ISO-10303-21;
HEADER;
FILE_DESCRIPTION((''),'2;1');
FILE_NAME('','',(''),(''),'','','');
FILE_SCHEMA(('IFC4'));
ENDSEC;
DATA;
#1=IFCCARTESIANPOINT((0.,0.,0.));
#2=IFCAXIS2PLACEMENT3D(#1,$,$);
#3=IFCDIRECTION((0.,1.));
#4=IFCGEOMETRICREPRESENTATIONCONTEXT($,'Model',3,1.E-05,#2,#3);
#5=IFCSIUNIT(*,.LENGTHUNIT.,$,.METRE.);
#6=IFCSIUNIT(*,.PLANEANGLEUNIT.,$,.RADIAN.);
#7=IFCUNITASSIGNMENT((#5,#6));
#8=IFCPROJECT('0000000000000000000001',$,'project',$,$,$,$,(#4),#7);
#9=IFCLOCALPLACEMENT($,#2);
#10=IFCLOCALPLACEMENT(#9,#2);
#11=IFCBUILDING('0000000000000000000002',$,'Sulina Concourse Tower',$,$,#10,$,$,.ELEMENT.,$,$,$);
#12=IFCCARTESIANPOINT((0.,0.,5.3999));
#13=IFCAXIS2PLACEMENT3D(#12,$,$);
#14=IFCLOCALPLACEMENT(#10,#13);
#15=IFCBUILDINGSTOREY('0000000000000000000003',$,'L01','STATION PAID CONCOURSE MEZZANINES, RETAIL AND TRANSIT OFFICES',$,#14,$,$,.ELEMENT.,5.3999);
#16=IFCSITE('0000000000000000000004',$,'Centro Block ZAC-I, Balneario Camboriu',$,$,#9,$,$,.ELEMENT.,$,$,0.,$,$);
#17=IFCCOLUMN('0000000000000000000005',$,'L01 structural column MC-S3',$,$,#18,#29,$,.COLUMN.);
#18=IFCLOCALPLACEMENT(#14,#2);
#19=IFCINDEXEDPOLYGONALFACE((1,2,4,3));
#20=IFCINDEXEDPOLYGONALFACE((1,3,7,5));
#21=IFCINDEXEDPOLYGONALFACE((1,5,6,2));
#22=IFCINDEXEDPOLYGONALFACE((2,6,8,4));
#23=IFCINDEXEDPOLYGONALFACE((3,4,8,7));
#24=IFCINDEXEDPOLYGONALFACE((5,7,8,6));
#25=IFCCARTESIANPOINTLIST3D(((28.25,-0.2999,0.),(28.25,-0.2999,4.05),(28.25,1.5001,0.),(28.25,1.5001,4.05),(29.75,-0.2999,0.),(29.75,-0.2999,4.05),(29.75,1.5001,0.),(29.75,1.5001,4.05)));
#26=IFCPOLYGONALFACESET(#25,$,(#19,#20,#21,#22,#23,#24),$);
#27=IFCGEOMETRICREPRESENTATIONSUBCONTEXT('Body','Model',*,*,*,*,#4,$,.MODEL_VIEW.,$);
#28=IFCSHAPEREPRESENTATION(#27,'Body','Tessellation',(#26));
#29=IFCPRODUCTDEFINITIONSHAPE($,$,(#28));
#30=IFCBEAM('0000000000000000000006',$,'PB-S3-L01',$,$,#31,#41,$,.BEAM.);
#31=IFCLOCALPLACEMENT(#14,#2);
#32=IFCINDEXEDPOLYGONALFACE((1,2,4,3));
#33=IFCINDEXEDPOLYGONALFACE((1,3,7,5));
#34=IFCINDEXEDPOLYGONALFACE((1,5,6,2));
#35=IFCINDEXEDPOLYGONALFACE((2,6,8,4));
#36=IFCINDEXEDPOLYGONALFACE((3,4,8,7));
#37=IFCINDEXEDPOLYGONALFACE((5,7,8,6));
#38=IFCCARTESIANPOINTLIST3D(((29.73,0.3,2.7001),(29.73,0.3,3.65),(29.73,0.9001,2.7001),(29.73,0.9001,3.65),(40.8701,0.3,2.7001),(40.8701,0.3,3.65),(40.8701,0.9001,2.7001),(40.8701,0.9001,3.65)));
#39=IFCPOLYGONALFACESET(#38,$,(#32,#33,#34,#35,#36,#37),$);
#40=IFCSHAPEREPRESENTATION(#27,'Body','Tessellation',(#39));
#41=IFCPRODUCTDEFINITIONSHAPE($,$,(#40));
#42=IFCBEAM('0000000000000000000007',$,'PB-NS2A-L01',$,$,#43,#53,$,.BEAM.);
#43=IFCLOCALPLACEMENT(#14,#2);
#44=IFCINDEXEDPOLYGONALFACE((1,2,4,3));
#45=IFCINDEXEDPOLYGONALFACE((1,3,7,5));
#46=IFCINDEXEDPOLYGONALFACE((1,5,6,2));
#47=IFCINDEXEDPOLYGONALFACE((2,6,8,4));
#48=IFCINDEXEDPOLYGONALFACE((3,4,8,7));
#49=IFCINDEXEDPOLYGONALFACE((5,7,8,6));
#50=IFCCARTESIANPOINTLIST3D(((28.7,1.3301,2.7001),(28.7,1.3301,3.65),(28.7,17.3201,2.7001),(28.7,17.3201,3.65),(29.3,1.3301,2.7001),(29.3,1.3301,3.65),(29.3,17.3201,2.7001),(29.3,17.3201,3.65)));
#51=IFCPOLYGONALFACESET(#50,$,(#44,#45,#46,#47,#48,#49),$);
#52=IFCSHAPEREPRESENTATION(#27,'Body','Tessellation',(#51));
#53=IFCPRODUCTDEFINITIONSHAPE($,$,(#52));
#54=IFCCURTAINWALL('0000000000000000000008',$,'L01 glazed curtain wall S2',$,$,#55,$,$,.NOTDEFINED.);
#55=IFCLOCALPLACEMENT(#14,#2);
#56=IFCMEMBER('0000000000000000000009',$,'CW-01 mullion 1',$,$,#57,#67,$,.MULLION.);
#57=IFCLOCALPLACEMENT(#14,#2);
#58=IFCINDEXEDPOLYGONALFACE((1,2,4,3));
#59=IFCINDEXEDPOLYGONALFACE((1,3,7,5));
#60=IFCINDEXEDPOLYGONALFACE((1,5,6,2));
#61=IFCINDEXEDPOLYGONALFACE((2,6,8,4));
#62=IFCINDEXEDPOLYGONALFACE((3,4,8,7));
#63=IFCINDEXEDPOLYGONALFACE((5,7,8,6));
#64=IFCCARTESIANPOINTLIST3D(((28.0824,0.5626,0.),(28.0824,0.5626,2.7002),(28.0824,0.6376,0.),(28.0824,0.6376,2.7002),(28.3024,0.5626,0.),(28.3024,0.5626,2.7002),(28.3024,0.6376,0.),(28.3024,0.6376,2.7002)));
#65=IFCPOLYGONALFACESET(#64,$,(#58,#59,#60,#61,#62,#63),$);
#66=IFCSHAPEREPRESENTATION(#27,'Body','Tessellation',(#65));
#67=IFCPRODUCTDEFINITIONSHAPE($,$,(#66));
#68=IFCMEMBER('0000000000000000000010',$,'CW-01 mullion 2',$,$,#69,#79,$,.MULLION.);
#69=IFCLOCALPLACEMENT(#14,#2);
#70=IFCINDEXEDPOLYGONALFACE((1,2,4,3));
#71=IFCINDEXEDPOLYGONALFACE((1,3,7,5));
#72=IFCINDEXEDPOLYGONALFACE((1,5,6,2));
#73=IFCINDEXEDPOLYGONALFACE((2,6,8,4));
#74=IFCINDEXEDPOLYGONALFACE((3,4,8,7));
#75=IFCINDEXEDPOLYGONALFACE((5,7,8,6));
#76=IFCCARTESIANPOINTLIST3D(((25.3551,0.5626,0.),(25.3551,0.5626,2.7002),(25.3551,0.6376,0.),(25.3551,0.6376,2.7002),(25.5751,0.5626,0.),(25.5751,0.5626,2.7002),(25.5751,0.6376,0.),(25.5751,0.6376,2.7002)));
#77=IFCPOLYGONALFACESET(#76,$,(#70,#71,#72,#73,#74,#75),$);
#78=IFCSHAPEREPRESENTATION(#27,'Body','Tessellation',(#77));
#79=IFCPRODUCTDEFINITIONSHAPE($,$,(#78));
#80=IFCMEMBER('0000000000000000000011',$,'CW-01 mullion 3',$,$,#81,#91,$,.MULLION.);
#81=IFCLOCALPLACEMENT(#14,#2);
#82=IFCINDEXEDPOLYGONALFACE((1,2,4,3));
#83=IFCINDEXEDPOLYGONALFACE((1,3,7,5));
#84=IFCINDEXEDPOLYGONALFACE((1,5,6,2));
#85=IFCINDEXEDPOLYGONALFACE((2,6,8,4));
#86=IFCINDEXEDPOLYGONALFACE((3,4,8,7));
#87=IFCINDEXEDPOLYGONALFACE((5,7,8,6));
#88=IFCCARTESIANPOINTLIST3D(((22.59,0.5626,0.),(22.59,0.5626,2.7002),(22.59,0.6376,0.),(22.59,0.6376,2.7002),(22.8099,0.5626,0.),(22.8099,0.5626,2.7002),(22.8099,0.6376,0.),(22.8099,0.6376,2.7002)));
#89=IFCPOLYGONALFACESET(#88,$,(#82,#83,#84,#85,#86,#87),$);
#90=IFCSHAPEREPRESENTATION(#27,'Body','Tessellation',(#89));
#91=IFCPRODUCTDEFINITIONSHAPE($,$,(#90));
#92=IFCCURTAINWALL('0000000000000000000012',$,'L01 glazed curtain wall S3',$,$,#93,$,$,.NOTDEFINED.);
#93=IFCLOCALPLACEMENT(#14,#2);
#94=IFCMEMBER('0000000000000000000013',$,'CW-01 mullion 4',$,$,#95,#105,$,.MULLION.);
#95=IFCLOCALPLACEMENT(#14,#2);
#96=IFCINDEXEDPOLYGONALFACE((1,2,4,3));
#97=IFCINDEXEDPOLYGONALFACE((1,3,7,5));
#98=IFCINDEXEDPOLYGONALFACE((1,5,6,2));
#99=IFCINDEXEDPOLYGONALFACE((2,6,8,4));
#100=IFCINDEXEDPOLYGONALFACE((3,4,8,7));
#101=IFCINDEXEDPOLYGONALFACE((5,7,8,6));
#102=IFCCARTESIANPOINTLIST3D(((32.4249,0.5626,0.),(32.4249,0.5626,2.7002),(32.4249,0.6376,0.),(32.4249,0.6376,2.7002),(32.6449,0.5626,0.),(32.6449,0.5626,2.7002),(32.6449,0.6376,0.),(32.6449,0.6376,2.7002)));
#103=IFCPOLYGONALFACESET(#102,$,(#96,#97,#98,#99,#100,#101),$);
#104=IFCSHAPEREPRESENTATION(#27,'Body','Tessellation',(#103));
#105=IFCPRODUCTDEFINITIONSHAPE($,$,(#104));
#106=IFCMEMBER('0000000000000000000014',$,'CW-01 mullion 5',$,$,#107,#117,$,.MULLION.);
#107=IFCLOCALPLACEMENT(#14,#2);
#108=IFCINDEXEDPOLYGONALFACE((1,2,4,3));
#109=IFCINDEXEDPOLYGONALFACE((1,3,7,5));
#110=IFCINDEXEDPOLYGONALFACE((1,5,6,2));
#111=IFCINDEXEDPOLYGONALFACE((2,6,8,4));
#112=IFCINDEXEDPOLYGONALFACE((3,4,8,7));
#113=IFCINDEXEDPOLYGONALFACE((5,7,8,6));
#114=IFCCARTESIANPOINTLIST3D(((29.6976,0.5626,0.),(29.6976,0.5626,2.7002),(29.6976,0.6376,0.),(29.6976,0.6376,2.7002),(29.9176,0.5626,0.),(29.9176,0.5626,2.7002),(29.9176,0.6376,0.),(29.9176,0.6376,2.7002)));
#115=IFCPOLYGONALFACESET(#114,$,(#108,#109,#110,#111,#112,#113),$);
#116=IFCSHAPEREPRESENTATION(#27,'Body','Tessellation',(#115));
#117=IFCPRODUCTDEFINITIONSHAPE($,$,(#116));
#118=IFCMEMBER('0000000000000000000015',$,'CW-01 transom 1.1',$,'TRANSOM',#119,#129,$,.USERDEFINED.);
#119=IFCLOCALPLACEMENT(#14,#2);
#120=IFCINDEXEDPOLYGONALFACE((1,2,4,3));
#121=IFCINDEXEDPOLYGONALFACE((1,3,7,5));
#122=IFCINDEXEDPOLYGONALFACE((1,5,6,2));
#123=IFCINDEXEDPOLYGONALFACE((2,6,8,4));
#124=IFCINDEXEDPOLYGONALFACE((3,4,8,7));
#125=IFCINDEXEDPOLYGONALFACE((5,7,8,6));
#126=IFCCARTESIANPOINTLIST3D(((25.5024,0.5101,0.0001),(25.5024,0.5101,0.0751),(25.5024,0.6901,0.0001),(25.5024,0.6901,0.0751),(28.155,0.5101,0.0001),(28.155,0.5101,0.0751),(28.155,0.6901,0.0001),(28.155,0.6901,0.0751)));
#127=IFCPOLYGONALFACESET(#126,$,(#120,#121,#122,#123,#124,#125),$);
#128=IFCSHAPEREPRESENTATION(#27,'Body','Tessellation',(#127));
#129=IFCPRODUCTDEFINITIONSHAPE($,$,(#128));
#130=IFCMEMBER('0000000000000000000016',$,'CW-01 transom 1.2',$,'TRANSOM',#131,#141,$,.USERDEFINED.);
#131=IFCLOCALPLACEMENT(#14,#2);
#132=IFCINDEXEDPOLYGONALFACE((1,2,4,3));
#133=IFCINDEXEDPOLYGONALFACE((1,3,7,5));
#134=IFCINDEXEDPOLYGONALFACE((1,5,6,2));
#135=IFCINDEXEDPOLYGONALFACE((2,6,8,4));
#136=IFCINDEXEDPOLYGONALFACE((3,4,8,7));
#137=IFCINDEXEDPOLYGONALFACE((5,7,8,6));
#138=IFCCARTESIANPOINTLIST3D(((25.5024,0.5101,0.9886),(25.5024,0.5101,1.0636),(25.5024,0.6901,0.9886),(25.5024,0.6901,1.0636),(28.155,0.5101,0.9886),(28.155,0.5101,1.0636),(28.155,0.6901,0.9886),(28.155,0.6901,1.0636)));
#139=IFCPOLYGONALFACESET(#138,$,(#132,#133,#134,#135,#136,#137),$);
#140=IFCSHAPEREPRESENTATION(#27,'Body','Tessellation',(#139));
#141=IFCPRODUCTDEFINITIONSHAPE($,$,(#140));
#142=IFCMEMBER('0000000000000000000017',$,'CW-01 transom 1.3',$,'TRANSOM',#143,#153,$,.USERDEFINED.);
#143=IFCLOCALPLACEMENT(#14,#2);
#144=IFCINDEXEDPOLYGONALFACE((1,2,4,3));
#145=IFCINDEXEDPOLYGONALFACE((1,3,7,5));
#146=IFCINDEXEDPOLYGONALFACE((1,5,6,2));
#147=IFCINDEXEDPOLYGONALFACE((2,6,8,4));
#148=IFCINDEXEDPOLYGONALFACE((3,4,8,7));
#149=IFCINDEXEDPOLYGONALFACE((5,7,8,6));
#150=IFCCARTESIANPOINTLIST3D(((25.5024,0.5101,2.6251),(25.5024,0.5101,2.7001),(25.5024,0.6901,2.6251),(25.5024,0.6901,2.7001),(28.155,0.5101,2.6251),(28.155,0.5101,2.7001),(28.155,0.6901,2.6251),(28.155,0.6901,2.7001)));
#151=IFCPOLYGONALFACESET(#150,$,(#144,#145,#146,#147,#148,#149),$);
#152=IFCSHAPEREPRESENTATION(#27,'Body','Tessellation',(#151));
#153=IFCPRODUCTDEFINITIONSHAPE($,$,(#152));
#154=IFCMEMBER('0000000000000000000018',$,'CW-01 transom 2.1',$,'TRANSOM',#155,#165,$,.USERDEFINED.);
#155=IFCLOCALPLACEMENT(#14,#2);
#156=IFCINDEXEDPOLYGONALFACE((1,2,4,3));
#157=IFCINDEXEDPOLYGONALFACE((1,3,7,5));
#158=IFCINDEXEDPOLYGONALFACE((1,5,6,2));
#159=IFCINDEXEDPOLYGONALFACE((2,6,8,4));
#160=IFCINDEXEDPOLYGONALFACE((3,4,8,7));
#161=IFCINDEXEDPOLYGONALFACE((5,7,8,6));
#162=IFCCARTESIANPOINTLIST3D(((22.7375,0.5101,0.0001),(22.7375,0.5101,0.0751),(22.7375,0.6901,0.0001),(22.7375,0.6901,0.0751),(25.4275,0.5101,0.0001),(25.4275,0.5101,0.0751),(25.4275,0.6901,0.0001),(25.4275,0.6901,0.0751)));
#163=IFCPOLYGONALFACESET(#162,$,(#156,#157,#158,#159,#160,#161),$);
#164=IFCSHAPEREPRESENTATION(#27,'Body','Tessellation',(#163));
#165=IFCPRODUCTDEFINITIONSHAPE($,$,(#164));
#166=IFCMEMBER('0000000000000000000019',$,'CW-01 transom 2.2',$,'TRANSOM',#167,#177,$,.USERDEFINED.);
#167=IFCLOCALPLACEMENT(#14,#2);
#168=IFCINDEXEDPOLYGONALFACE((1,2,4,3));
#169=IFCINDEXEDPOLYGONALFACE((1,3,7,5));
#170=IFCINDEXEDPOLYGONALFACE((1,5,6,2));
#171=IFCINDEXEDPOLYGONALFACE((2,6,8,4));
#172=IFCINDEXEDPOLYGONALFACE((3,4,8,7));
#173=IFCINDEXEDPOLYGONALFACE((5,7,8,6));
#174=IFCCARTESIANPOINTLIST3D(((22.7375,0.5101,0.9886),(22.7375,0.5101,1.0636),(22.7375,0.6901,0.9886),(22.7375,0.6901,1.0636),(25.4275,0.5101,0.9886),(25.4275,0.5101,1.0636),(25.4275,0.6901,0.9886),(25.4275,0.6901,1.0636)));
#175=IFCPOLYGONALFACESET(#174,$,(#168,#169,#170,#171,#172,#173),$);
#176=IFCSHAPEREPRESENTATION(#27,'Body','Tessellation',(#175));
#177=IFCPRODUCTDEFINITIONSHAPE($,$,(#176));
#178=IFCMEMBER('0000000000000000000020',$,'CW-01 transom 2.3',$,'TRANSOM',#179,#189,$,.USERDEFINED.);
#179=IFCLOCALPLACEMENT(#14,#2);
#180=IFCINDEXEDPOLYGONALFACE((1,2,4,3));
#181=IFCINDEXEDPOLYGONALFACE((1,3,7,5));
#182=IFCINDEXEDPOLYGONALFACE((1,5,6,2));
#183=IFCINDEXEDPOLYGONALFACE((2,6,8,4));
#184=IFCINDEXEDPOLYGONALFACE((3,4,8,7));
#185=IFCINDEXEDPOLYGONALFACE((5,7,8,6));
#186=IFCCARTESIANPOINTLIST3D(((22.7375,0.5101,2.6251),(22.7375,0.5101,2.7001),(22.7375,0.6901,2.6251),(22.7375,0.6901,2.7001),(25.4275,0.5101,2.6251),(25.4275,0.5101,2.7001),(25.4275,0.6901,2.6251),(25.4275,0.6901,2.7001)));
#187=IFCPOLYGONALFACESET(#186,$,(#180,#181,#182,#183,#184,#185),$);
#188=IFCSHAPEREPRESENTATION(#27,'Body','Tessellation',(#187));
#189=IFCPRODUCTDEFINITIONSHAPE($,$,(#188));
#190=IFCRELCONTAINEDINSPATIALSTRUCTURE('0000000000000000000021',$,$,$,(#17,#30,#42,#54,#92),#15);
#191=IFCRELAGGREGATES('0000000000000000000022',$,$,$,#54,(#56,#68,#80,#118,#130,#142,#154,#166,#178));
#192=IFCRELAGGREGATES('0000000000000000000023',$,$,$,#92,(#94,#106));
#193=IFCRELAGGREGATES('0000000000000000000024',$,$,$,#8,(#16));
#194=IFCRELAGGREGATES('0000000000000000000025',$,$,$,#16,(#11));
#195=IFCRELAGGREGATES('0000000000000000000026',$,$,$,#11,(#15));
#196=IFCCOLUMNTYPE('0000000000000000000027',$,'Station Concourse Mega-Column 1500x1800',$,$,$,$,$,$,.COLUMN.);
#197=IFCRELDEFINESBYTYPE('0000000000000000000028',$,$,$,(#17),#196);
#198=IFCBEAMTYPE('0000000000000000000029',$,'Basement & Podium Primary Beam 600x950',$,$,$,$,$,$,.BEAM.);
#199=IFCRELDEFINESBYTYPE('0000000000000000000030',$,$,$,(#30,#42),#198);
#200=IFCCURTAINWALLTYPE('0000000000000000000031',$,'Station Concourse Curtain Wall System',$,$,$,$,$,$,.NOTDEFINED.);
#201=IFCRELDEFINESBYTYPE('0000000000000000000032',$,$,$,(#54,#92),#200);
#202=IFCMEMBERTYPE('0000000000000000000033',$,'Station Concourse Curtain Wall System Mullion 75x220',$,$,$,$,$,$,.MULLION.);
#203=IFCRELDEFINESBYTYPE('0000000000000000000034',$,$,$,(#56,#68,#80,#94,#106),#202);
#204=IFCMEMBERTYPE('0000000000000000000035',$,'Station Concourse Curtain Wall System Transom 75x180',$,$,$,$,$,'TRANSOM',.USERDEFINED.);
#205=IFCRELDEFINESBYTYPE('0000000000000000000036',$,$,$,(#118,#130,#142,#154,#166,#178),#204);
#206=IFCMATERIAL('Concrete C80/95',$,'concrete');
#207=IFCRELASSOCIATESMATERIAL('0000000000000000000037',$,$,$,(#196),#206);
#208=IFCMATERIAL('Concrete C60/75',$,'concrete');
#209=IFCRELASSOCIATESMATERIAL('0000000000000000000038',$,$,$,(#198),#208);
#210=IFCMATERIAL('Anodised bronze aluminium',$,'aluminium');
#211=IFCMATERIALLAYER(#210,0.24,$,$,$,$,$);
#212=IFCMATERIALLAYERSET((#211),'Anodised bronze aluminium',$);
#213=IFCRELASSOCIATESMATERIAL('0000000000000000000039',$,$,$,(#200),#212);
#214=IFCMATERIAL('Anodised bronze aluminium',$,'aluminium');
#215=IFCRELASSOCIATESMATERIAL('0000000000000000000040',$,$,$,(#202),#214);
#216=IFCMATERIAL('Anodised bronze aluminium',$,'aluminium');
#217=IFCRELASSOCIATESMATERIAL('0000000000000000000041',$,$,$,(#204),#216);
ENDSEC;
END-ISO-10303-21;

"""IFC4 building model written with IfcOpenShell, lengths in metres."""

from ifc_helpers import new_model, si_unit, direction, frame, origin, origin_2d, place, context, subcontext, project, spatial, rectangle, extrude, material, layer, layer_set, material_profile, profile_set, type_object, element, aggregate, save


model = new_model("IFC4")

# Units and contexts
model_context = context("Model", 3, precision=1e-05, world=origin(), true_north=direction((0.0, 1.0)))
body_context = subcontext(model_context, "Body", "Model", "MODEL_VIEW")
ifc_project = project(units=[si_unit("LENGTHUNIT", "METRE"), si_unit("PLANEANGLEUNIT", "RADIAN")], contexts=[model_context])

# Site, building, storey
site_placement = place(None, origin())
site = spatial("IfcSite", under=ifc_project, at=site_placement, Name="Centro Block ZAC-I, Balneario Camboriu", CompositionType="ELEMENT", RefElevation=0.0)
building_placement = place(site_placement, origin())
building = spatial("IfcBuilding", under=site, at=building_placement, Name="Sulina Concourse Tower", CompositionType="ELEMENT")
storey_placement = place(building_placement, frame((0.0, 0.0, 5.3999)))
storey = spatial("IfcBuildingStorey", under=building, at=storey_placement, Name="L01", Description="STATION PAID CONCOURSE MEZZANINES, RETAIL AND TRANSIT OFFICES", CompositionType="ELEMENT", Elevation=5.3999)

# Column
ifc_material_1 = material(Name="Concrete C80/95", Category="concrete")
ifc_material_profile_1 = material_profile(ifc_material_1, rectangle(XDim=1.5, YDim=1.8, at=origin_2d()), Name="RC 1500x1800")
ifc_profile_set_1 = profile_set([ifc_material_profile_1], Name="Concrete C80/95")
column_type = type_object("IfcColumnType", Name="Station Concourse Mega-Column 1500x1800", PredefinedType="COLUMN", material=ifc_profile_set_1)
column_placement = place(storey_placement, frame((29.0, 0.6001, 0.0), z_axis=(0.0, 0.0, 1.0), x_axis=(1.0, 0.0, 0.0)))
element("IfcColumn", 1, at=column_placement, inside=storey, type_object=column_type, Name="L01 structural column MC-S3", PredefinedType="COLUMN", context=body_context, shape_type="SweptSolid", body=[
    extrude(rectangle(XDim=1.5, YDim=1.8, at=origin_2d()), origin(), (0.0, 0.0, 1.0), 4.05),
])

# Beams
ifc_material_2 = material(Name="Concrete C60/75", Category="concrete")
ifc_material_profile_2 = material_profile(ifc_material_2, rectangle(XDim=0.6001, YDim=0.95, at=origin_2d()), Name="RC 600x950")
ifc_profile_set_2 = profile_set([ifc_material_profile_2], Name="Concrete C60/75")
beam_type = type_object("IfcBeamType", Name="Basement & Podium Primary Beam 600x950", PredefinedType="BEAM", material=ifc_profile_set_2)
beam_1_placement = place(storey_placement, frame((29.73, 0.6001, 3.175), z_axis=(1.0, 0.0, 0.0), x_axis=(0.0, 1.0, 0.0)))
element("IfcBeam", 2, at=beam_1_placement, inside=storey, type_object=beam_type, Name="PB-S3-L01", PredefinedType="BEAM", context=body_context, shape_type="SweptSolid", body=[
    extrude(rectangle(XDim=0.6001, YDim=0.95, at=origin_2d()), origin(), (0.0, 0.0, 1.0), 11.1401),
])
beam_2_placement = place(storey_placement, frame((29.0, 1.3301, 3.175), z_axis=(0.0, 1.0, 0.0), x_axis=(-1.0, 0.0, 0.0)))
element("IfcBeam", 3, at=beam_2_placement, inside=storey, type_object=beam_type, Name="PB-NS2A-L01", PredefinedType="BEAM", context=body_context, shape_type="SweptSolid", body=[
    extrude(rectangle(XDim=0.6001, YDim=0.95, at=origin_2d()), origin(), (0.0, 0.0, 1.0), 15.99),
])

# Curtain walls, members
ifc_material_3 = material(Name="Anodised bronze aluminium", Category="aluminium")
ifc_layer_1 = layer(ifc_material_3, 0.24)
ifc_layer_set_1 = layer_set([ifc_layer_1], Name="Anodised bronze aluminium")
curtain_wall_type = type_object("IfcCurtainWallType", Name="Station Concourse Curtain Wall System", PredefinedType="NOTDEFINED", material=ifc_layer_set_1)
curtain_wall_1_placement = place(storey_placement, origin())
curtain_wall_1 = element("IfcCurtainWall", 4, at=curtain_wall_1_placement, inside=storey, type_object=curtain_wall_type, Name="L01 glazed curtain wall S2", PredefinedType="NOTDEFINED")
ifc_material_4 = material(Name="Anodised bronze aluminium", Category="aluminium")
ifc_material_profile_3 = material_profile(ifc_material_4, rectangle(XDim=0.075, YDim=0.22, at=origin_2d()), Name="MUL 75x220")
ifc_profile_set_3 = profile_set([ifc_material_profile_3], Name="Anodised bronze aluminium")
member_type_1 = type_object("IfcMemberType", Name="Station Concourse Curtain Wall System Mullion 75x220", PredefinedType="MULLION", material=ifc_profile_set_3)
member_1_placement = place(storey_placement, frame((28.1924, 0.6001, 0.0), z_axis=(0.0, 0.0, 1.0), x_axis=(0.0, -1.0, 0.0)))
member_1 = element("IfcMember", 5, at=member_1_placement, type_object=member_type_1, Name="CW-01 mullion 1", PredefinedType="MULLION", context=body_context, shape_type="SweptSolid", body=[
    extrude(rectangle(XDim=0.075, YDim=0.22, at=origin_2d()), origin(), (0.0, 0.0, 1.0), 2.7002),
])
member_2_placement = place(storey_placement, frame((25.4651, 0.6001, 0.0), z_axis=(0.0, 0.0, 1.0), x_axis=(0.0, -1.0, 0.0)))
member_2 = element("IfcMember", 6, at=member_2_placement, type_object=member_type_1, Name="CW-01 mullion 2", PredefinedType="MULLION", context=body_context, shape_type="SweptSolid", body=[
    extrude(rectangle(XDim=0.075, YDim=0.22, at=origin_2d()), origin(), (0.0, 0.0, 1.0), 2.7002),
])
member_3_placement = place(storey_placement, frame((22.7, 0.6001, 0.0), z_axis=(0.0, 0.0, 1.0), x_axis=(0.0, -1.0, 0.0)))
member_3 = element("IfcMember", 7, at=member_3_placement, type_object=member_type_1, Name="CW-01 mullion 3", PredefinedType="MULLION", context=body_context, shape_type="SweptSolid", body=[
    extrude(rectangle(XDim=0.075, YDim=0.22, at=origin_2d()), origin(), (0.0, 0.0, 1.0), 2.7002),
])
curtain_wall_2_placement = place(storey_placement, origin())
curtain_wall_2 = element("IfcCurtainWall", 8, at=curtain_wall_2_placement, inside=storey, type_object=curtain_wall_type, Name="L01 glazed curtain wall S3", PredefinedType="NOTDEFINED")
member_4_placement = place(storey_placement, frame((32.5349, 0.6001, 0.0), z_axis=(0.0, 0.0, 1.0), x_axis=(0.0, -1.0, 0.0)))
member_4 = element("IfcMember", 9, at=member_4_placement, type_object=member_type_1, Name="CW-01 mullion 4", PredefinedType="MULLION", context=body_context, shape_type="SweptSolid", body=[
    extrude(rectangle(XDim=0.075, YDim=0.22, at=origin_2d()), origin(), (0.0, 0.0, 1.0), 2.7002),
])
member_5_placement = place(storey_placement, frame((29.8076, 0.6001, 0.0), z_axis=(0.0, 0.0, 1.0), x_axis=(0.0, -1.0, 0.0)))
member_5 = element("IfcMember", 10, at=member_5_placement, type_object=member_type_1, Name="CW-01 mullion 5", PredefinedType="MULLION", context=body_context, shape_type="SweptSolid", body=[
    extrude(rectangle(XDim=0.075, YDim=0.22, at=origin_2d()), origin(), (0.0, 0.0, 1.0), 2.7002),
])

# Members
ifc_material_5 = material(Name="Anodised bronze aluminium", Category="aluminium")
ifc_material_profile_4 = material_profile(ifc_material_5, rectangle(XDim=0.1799, YDim=0.075, at=origin_2d()), Name="TRN 75x180")
ifc_profile_set_4 = profile_set([ifc_material_profile_4], Name="Anodised bronze aluminium")
member_type_2 = type_object("IfcMemberType", Name="Station Concourse Curtain Wall System Transom 75x180", ElementType="TRANSOM", PredefinedType="USERDEFINED", material=ifc_profile_set_4)
member_6_placement = place(storey_placement, frame((28.155, 0.6001, 0.0376), z_axis=(-1.0, 0.0, 0.0), x_axis=(0.0, -1.0, 0.0)))
member_6 = element("IfcMember", 11, at=member_6_placement, type_object=member_type_2, Name="CW-01 transom 1.1", ObjectType="TRANSOM", PredefinedType="USERDEFINED", context=body_context, shape_type="SweptSolid", body=[
    extrude(rectangle(XDim=0.1799, YDim=0.075, at=origin_2d()), origin(), (0.0, 0.0, 1.0), 2.6526),
])
member_7_placement = place(storey_placement, frame((28.155, 0.6001, 1.0261), z_axis=(-1.0, 0.0, 0.0), x_axis=(0.0, -1.0, 0.0)))
member_7 = element("IfcMember", 12, at=member_7_placement, type_object=member_type_2, Name="CW-01 transom 1.2", ObjectType="TRANSOM", PredefinedType="USERDEFINED", context=body_context, shape_type="SweptSolid", body=[
    extrude(rectangle(XDim=0.1799, YDim=0.075, at=origin_2d()), origin(), (0.0, 0.0, 1.0), 2.6526),
])
member_8_placement = place(storey_placement, frame((28.155, 0.6001, 2.6626), z_axis=(-1.0, 0.0, 0.0), x_axis=(0.0, -1.0, 0.0)))
member_8 = element("IfcMember", 13, at=member_8_placement, type_object=member_type_2, Name="CW-01 transom 1.3", ObjectType="TRANSOM", PredefinedType="USERDEFINED", context=body_context, shape_type="SweptSolid", body=[
    extrude(rectangle(XDim=0.1799, YDim=0.075, at=origin_2d()), origin(), (0.0, 0.0, 1.0), 2.6526),
])
member_9_placement = place(storey_placement, frame((25.4275, 0.6001, 0.0376), z_axis=(-1.0, 0.0, 0.0), x_axis=(0.0, -1.0, 0.0)))
member_9 = element("IfcMember", 14, at=member_9_placement, type_object=member_type_2, Name="CW-01 transom 2.1", ObjectType="TRANSOM", PredefinedType="USERDEFINED", context=body_context, shape_type="SweptSolid", body=[
    extrude(rectangle(XDim=0.1799, YDim=0.075, at=origin_2d()), origin(), (0.0, 0.0, 1.0), 2.6899),
])
member_10_placement = place(storey_placement, frame((25.4275, 0.6001, 1.0261), z_axis=(-1.0, 0.0, 0.0), x_axis=(0.0, -1.0, 0.0)))
member_10 = element("IfcMember", 15, at=member_10_placement, type_object=member_type_2, Name="CW-01 transom 2.2", ObjectType="TRANSOM", PredefinedType="USERDEFINED", context=body_context, shape_type="SweptSolid", body=[
    extrude(rectangle(XDim=0.1799, YDim=0.075, at=origin_2d()), origin(), (0.0, 0.0, 1.0), 2.6899),
])
member_11_placement = place(storey_placement, frame((25.4275, 0.6001, 2.6626), z_axis=(-1.0, 0.0, 0.0), x_axis=(0.0, -1.0, 0.0)))
member_11 = element("IfcMember", 16, at=member_11_placement, type_object=member_type_2, Name="CW-01 transom 2.3", ObjectType="TRANSOM", PredefinedType="USERDEFINED", context=body_context, shape_type="SweptSolid", body=[
    extrude(rectangle(XDim=0.1799, YDim=0.075, at=origin_2d()), origin(), (0.0, 0.0, 1.0), 2.6899),
])

aggregate(curtain_wall_1, [member_1, member_2, member_3, member_6, member_7, member_8, member_9, member_10, member_11])
aggregate(curtain_wall_2, [member_4, member_5])

save(model, "model.ifc")
